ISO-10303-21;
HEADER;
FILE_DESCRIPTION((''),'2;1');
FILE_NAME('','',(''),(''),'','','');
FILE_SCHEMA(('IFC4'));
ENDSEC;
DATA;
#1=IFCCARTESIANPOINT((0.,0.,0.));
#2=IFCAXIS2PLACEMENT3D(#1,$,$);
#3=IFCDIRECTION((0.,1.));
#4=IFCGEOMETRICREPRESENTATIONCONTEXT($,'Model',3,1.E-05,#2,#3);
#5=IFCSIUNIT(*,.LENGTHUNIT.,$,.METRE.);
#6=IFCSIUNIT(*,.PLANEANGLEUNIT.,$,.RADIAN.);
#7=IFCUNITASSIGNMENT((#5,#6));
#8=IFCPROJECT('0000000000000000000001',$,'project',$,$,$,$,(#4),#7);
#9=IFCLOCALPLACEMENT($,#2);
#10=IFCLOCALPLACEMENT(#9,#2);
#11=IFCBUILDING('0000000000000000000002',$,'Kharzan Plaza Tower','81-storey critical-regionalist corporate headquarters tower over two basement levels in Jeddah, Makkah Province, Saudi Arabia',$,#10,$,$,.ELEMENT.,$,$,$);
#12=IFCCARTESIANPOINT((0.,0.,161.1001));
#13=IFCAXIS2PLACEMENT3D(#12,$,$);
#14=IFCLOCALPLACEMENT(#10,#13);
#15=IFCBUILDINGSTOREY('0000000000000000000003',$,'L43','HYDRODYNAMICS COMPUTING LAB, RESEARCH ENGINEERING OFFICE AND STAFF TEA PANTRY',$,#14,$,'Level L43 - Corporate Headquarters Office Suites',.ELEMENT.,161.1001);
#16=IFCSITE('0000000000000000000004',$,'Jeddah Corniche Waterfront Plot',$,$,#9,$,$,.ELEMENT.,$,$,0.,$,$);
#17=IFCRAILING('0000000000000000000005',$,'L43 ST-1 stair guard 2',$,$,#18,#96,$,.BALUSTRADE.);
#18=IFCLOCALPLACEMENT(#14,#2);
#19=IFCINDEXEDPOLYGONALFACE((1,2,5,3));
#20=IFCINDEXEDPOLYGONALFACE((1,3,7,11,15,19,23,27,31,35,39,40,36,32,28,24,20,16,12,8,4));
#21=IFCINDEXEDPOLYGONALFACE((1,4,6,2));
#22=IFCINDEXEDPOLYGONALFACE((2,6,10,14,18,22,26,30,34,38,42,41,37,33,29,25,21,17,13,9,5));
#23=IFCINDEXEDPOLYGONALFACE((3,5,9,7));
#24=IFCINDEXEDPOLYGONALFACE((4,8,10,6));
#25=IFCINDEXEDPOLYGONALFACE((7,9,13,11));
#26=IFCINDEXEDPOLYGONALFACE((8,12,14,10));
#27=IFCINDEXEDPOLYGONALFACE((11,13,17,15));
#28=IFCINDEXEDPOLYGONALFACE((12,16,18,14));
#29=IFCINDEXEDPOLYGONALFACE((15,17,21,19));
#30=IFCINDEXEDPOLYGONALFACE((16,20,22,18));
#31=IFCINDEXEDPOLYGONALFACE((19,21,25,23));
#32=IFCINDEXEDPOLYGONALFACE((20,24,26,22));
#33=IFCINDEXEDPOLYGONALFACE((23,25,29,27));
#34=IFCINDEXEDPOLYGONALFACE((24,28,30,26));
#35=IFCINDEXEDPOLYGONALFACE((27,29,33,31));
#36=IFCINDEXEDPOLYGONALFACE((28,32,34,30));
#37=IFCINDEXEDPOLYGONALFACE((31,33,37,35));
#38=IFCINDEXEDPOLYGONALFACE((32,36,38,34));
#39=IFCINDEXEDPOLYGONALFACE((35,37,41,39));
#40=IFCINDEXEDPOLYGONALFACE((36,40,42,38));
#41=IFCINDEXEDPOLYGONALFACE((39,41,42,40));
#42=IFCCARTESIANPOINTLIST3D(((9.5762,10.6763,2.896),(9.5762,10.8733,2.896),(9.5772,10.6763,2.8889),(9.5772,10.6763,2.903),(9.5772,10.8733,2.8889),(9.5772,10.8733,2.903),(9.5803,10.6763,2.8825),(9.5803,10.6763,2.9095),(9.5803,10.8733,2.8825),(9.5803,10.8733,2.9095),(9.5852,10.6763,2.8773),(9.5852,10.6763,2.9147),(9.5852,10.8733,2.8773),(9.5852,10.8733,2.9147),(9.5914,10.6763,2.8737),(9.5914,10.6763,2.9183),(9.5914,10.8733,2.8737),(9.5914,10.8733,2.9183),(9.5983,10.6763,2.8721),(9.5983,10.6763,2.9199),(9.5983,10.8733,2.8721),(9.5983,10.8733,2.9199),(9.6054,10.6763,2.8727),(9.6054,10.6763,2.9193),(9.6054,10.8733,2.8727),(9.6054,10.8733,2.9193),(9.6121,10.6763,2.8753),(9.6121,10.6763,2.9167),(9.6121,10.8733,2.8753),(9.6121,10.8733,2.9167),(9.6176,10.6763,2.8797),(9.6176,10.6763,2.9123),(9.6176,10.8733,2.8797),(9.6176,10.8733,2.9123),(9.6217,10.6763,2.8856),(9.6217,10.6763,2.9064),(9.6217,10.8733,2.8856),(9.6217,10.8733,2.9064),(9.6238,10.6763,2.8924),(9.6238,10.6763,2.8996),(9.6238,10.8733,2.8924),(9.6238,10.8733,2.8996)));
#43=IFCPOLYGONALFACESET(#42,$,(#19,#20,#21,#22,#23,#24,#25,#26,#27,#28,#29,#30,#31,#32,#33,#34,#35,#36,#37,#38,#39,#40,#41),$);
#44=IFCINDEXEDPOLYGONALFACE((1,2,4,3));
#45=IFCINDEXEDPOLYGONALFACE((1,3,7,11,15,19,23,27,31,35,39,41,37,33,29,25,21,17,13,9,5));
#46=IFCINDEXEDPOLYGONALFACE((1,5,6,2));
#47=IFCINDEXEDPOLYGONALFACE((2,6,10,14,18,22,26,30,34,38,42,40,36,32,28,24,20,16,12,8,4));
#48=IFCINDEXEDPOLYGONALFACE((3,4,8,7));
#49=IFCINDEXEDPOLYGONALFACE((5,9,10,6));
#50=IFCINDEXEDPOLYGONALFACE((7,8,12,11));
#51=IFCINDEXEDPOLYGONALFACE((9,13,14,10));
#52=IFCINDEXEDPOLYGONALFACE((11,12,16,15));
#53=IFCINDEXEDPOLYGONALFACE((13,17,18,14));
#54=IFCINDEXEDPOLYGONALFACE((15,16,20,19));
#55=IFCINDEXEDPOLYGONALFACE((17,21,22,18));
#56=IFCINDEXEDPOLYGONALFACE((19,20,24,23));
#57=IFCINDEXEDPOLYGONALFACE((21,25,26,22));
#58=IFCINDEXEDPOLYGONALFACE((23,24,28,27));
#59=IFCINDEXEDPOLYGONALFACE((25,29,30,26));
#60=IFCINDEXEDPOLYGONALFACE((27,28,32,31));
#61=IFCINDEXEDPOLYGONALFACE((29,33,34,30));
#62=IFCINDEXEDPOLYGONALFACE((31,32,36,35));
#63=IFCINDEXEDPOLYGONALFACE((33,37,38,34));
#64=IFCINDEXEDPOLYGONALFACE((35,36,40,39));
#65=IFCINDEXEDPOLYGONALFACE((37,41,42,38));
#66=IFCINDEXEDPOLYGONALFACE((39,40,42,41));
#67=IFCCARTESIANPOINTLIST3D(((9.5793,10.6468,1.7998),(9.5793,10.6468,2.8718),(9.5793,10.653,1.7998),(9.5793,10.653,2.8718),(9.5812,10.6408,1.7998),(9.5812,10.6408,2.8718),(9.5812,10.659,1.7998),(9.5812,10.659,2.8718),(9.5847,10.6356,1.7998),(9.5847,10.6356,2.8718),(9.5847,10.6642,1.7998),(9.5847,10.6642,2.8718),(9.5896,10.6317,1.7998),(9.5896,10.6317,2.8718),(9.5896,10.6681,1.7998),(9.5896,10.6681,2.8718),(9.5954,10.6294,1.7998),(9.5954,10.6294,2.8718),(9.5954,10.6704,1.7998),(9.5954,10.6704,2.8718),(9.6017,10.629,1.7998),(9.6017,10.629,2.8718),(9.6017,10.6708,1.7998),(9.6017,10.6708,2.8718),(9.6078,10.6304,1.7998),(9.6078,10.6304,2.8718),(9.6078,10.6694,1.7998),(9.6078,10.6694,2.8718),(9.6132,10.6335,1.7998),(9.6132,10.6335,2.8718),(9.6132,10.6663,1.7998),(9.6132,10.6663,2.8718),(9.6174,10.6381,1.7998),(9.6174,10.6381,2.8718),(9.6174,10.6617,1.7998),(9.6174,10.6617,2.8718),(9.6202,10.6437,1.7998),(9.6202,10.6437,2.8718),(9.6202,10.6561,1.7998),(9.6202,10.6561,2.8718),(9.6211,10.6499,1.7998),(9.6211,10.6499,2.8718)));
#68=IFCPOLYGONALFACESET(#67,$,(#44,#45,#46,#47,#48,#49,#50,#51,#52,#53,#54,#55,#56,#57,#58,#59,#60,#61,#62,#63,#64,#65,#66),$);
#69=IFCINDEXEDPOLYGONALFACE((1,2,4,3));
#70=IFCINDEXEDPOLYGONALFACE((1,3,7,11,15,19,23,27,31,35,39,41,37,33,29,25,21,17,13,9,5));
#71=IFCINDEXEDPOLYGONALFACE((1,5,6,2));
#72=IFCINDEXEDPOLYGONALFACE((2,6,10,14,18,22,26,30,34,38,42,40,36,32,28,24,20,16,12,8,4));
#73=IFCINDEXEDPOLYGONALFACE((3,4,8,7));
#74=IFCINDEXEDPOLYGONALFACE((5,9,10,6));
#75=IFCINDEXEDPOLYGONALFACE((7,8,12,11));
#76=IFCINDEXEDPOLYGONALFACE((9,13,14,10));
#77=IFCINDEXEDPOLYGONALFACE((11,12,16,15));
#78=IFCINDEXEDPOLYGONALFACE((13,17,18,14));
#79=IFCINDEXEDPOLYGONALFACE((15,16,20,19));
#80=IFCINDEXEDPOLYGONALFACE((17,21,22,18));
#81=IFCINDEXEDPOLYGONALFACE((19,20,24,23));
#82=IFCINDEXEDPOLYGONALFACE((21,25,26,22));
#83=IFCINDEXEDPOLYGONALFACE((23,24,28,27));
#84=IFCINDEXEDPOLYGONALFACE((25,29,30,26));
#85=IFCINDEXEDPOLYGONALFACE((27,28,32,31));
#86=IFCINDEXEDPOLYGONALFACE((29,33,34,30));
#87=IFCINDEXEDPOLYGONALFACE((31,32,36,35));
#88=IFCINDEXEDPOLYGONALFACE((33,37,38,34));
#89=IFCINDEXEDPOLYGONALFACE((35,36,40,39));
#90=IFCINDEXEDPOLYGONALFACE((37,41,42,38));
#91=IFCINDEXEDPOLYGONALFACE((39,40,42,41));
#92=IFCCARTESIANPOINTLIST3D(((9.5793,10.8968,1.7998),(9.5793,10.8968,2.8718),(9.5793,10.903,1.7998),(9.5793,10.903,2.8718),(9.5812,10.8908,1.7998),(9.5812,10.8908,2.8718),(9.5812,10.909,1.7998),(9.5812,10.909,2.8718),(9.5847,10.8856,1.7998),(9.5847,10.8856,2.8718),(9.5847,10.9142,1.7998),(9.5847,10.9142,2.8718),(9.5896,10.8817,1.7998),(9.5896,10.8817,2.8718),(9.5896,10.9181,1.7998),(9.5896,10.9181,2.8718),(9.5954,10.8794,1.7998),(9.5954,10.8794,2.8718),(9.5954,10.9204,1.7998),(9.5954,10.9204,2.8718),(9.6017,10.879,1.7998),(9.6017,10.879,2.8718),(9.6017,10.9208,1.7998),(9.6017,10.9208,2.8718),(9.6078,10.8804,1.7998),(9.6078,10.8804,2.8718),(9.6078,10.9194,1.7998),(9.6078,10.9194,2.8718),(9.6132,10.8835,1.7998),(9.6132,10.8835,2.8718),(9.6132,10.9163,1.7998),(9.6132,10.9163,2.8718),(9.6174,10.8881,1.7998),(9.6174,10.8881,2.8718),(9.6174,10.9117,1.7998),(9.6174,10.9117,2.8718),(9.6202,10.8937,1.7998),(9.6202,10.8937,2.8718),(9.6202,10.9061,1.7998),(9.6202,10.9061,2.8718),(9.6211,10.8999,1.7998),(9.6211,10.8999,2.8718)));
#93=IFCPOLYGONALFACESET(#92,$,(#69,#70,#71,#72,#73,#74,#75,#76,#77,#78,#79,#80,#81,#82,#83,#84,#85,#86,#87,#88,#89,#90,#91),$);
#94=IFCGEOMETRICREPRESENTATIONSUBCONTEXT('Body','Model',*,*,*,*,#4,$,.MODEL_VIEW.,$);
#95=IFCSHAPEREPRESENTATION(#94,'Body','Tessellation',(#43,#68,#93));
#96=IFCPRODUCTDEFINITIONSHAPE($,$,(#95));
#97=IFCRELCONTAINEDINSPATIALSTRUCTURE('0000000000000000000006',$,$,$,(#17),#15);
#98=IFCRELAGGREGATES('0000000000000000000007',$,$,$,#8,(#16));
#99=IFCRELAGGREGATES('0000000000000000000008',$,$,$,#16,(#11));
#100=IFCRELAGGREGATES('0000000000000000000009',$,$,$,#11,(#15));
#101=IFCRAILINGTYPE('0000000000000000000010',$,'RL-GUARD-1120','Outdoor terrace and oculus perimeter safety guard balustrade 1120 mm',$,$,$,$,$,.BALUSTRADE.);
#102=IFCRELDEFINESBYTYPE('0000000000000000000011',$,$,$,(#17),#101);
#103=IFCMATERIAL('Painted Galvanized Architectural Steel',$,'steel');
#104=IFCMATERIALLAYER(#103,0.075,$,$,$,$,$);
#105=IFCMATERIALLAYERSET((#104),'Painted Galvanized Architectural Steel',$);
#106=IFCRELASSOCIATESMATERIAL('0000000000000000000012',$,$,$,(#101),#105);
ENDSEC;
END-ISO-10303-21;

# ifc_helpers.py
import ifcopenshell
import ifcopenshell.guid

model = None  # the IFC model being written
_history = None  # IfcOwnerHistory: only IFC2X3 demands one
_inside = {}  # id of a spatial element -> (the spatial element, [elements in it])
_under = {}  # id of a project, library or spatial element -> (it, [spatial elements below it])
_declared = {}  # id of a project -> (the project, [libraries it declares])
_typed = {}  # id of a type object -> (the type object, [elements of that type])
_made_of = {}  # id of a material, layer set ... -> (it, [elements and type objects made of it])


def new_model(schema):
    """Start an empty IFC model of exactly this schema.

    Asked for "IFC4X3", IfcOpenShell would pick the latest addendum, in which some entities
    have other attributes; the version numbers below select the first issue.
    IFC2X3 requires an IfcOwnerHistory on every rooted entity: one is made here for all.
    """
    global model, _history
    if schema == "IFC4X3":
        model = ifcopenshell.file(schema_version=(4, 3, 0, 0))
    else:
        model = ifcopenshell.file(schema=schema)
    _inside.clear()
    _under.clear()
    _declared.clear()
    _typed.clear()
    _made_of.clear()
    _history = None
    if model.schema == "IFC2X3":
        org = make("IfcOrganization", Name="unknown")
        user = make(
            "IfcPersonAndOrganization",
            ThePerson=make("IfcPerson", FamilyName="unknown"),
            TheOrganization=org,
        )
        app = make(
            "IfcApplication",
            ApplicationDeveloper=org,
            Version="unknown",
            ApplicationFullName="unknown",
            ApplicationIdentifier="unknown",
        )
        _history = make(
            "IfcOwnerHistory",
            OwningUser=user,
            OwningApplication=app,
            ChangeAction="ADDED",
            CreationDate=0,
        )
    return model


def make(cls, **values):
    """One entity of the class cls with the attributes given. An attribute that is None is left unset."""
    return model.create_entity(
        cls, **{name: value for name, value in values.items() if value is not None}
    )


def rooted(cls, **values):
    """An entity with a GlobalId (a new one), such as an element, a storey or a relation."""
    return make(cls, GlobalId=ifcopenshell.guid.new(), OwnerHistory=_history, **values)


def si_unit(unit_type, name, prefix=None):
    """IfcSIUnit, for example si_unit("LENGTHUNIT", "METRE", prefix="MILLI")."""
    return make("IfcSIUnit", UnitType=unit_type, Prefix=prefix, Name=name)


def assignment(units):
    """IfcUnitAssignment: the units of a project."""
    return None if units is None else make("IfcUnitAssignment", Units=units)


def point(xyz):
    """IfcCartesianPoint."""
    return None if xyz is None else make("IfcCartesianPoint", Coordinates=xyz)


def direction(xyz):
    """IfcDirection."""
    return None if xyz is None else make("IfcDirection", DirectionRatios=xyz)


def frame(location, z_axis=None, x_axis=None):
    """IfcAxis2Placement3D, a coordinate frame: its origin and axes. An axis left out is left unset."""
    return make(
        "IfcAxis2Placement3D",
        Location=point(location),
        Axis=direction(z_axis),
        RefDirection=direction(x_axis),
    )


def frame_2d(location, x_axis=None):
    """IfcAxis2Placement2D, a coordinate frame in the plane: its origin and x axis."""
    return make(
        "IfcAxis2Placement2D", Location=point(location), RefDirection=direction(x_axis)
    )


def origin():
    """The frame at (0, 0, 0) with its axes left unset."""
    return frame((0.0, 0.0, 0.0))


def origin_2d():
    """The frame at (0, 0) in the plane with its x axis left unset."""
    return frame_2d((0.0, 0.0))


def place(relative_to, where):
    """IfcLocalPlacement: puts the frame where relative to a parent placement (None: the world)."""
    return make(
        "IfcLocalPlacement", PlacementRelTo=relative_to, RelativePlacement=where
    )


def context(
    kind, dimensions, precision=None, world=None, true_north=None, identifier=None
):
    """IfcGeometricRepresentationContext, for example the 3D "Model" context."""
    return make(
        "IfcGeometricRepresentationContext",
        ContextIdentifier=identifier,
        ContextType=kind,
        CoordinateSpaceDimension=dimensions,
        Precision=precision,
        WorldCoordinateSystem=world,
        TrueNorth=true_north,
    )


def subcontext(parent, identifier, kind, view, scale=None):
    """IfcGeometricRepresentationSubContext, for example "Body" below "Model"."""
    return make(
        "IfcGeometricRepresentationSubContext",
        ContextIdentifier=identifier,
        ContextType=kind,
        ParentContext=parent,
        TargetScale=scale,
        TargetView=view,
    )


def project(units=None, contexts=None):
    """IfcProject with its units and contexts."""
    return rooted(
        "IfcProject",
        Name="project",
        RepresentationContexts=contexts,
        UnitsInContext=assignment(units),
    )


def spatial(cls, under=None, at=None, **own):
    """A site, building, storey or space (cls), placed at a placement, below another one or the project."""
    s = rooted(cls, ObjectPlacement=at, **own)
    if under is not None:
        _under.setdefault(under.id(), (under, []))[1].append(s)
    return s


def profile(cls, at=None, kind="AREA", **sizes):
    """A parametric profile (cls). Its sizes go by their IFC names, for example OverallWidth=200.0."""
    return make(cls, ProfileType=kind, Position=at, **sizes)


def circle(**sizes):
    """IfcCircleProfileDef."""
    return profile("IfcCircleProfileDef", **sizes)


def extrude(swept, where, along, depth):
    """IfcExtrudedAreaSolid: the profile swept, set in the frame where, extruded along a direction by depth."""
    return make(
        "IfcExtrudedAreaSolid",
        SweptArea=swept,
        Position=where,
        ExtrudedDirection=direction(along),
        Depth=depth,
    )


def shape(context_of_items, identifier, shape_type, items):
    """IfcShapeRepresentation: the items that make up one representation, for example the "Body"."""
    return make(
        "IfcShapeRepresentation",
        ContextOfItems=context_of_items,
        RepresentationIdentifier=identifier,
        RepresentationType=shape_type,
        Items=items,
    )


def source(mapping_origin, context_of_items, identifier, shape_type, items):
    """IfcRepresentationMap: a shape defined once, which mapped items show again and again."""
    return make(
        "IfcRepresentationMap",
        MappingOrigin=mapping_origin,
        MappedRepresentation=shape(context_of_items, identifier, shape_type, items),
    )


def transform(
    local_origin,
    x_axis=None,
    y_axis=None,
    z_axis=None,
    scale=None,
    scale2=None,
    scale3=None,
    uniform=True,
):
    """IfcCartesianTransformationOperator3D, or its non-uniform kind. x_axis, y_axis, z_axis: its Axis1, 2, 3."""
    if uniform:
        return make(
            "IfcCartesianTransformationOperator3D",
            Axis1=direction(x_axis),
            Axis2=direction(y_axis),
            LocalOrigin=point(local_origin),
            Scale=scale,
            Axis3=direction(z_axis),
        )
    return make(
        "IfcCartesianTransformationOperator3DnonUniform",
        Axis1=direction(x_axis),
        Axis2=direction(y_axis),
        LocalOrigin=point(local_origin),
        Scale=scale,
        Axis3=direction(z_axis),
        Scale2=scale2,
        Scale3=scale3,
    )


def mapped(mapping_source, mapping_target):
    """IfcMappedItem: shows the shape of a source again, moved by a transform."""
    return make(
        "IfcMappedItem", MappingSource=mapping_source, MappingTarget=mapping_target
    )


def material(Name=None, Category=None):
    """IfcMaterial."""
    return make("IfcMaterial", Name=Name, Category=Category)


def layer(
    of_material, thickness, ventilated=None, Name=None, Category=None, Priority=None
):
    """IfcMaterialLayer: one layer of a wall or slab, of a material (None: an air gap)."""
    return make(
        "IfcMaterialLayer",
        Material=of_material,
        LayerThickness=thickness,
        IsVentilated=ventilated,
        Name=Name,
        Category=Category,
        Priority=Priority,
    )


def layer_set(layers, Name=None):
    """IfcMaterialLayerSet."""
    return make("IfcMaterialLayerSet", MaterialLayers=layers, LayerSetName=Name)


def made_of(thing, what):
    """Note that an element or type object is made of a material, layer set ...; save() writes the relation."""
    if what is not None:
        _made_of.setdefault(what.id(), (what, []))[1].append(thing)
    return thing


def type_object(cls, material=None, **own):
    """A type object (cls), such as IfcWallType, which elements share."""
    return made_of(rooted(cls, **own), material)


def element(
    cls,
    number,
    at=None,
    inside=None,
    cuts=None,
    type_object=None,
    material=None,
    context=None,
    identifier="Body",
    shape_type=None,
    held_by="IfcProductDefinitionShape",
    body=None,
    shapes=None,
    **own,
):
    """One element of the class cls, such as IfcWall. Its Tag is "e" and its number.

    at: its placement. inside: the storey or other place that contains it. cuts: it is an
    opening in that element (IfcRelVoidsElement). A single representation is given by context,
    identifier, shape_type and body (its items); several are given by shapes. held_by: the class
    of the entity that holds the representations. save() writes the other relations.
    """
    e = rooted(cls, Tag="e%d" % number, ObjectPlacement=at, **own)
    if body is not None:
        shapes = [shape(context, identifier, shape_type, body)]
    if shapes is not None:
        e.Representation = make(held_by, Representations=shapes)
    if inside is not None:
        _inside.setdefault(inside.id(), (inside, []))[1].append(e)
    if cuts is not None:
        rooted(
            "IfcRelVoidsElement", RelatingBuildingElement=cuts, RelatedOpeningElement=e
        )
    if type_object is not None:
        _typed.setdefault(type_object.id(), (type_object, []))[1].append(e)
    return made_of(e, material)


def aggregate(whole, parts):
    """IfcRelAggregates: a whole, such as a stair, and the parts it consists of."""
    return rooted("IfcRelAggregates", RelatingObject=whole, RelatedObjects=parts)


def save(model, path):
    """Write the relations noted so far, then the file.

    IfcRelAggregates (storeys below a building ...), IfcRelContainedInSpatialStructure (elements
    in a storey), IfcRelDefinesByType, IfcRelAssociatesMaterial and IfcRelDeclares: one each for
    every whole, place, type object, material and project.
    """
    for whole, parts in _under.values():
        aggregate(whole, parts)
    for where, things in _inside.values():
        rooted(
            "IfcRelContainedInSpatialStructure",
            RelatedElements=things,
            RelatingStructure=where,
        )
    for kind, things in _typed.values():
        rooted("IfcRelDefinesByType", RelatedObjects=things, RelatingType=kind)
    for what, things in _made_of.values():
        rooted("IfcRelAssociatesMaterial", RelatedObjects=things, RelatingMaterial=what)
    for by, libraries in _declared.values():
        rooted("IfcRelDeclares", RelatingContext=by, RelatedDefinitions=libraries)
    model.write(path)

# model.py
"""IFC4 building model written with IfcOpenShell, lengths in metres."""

from ifc_helpers import new_model, si_unit, direction, frame, origin, origin_2d, place, context, subcontext, project, spatial, circle, extrude, source, transform, mapped, material, layer, layer_set, type_object, element, save


model = new_model("IFC4")

# Units and contexts
model_context = context("Model", 3, precision=1e-05, world=origin(), true_north=direction((0.0, 1.0)))
body_context = subcontext(model_context, "Body", "Model", "MODEL_VIEW")
ifc_project = project(units=[si_unit("LENGTHUNIT", "METRE"), si_unit("PLANEANGLEUNIT", "RADIAN")], contexts=[model_context])

# Site, building, storey
site_placement = place(None, origin())
site = spatial("IfcSite", under=ifc_project, at=site_placement, Name="Jeddah Corniche Waterfront Plot", CompositionType="ELEMENT", RefElevation=0.0)
building_placement = place(site_placement, origin())
building = spatial("IfcBuilding", under=site, at=building_placement, Name="Kharzan Plaza Tower", Description="81-storey critical-regionalist corporate headquarters tower over two basement levels in Jeddah, Makkah Province, Saudi Arabia", CompositionType="ELEMENT")
storey_placement = place(building_placement, frame((0.0, 0.0, 161.1001)))
storey = spatial("IfcBuildingStorey", under=building, at=storey_placement, Name="L43", Description="HYDRODYNAMICS COMPUTING LAB, RESEARCH ENGINEERING OFFICE AND STAFF TEA PANTRY", LongName="Level L43 - Corporate Headquarters Office Suites", CompositionType="ELEMENT", Elevation=161.1001)

# Railing
ifc_material_1 = material(Name="Painted Galvanized Architectural Steel", Category="steel")
ifc_layer_1 = layer(ifc_material_1, 0.075)
ifc_layer_set_1 = layer_set([ifc_layer_1], Name="Painted Galvanized Architectural Steel")
railing_type = type_object("IfcRailingType", Name="RL-GUARD-1120", Description="Outdoor terrace and oculus perimeter safety guard balustrade 1120 mm", PredefinedType="BALUSTRADE", material=ifc_layer_set_1)
shared_shape_1 = source(origin(), body_context, "Body", "SweptSolid", [
    extrude(circle(Radius=0.0239, at=origin_2d()), frame((0.0, 0.0264, 1.0962), z_axis=(0.0, 1.0, 0.0), x_axis=(-1.0, 0.0, 0.0)), (0.0, 0.0, 1.0), 0.197),
    extrude(circle(Radius=0.021, at=origin_2d()), origin(), (0.0, 0.0, 1.0), 1.072),
    extrude(circle(Radius=0.021, at=origin_2d()), frame((0.0, 0.25, 0.0)), (0.0, 0.0, 1.0), 1.072),
])
railing_1_placement = place(storey_placement, frame((9.6001, 10.6499, 1.7998)))
element("IfcRailing", 1, at=railing_1_placement, inside=storey, type_object=railing_type, Name="L43 ST-1 stair guard 2", PredefinedType="BALUSTRADE", context=body_context, shape_type="MappedRepresentation", body=[
    mapped(shared_shape_1, transform((0.0, 0.0, 0.0), x_axis=(1.0, 0.0, 0.0), y_axis=(0.0, 1.0, 0.0), z_axis=(0.0, 0.0, 1.0))),
])

save(model, "model.ifc")
